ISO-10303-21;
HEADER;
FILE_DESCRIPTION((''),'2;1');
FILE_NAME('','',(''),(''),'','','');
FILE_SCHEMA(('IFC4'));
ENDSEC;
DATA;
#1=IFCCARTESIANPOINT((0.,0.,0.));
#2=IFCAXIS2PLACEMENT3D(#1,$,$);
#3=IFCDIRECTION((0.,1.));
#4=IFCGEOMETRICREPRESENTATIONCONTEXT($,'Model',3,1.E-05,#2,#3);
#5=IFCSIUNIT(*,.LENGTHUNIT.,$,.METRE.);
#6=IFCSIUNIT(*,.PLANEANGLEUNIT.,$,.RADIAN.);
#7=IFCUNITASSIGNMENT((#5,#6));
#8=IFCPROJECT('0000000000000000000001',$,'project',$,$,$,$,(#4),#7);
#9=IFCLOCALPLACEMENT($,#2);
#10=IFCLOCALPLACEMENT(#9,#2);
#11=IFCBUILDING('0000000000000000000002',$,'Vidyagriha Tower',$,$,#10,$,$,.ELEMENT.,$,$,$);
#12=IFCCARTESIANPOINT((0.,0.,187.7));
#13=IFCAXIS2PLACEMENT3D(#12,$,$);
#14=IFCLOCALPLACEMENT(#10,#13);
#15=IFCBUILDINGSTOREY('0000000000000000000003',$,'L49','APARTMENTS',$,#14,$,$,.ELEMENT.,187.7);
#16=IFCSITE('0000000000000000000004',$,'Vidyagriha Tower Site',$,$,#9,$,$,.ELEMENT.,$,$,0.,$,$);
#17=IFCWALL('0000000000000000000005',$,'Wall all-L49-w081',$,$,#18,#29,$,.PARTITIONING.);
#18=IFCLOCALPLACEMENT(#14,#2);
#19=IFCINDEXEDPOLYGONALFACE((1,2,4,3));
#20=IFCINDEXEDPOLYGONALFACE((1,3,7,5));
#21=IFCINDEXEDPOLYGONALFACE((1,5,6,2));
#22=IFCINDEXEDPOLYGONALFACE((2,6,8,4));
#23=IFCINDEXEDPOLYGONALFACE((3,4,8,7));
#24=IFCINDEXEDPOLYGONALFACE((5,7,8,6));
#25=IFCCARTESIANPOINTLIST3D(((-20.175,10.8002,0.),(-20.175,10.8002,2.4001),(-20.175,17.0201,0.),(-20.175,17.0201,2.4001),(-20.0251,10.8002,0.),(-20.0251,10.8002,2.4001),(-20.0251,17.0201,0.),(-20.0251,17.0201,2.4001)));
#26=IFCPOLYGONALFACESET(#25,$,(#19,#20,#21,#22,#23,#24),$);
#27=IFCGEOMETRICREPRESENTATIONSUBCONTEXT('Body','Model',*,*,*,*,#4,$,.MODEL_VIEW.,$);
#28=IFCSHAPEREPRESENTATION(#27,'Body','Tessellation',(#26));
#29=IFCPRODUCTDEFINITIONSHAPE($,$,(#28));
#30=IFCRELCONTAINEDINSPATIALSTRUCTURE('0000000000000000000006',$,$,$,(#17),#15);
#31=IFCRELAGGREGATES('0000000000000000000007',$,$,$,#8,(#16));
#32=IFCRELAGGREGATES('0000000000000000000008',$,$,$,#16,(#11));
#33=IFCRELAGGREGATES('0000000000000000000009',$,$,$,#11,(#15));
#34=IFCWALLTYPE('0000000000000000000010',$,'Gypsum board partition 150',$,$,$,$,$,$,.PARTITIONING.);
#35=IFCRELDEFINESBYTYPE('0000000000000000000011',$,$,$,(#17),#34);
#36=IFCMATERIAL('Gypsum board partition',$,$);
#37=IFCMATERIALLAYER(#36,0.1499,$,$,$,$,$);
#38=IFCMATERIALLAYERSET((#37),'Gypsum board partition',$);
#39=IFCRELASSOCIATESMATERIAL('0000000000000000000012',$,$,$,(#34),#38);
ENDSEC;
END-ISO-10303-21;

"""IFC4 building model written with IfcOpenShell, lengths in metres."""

from ifc_helpers import new_model, si_unit, direction, frame, frame_2d, origin, place, context, subcontext, project, spatial, rectangle, extrude, material, layer, layer_set, type_object, element, save


model = new_model("IFC4")

# Units and contexts
model_context = context("Model", 3, precision=1e-05, world=origin(), true_north=direction((0.0, 1.0)))
body_context = subcontext(model_context, "Body", "Model", "MODEL_VIEW")
ifc_project = project(units=[si_unit("LENGTHUNIT", "METRE"), si_unit("PLANEANGLEUNIT", "RADIAN")], contexts=[model_context])

# Site, building, storey
site_placement = place(None, origin())
site = spatial("IfcSite", under=ifc_project, at=site_placement, Name="Vidyagriha Tower Site", CompositionType="ELEMENT", RefElevation=0.0)
building_placement = place(site_placement, origin())
building = spatial("IfcBuilding", under=site, at=building_placement, Name="Vidyagriha Tower", CompositionType="ELEMENT")
storey_placement = place(building_placement, frame((0.0, 0.0, 187.7)))
storey = spatial("IfcBuildingStorey", under=building, at=storey_placement, Name="L49", Description="APARTMENTS", CompositionType="ELEMENT", Elevation=187.7)

# Wall
ifc_material_1 = material(Name="Gypsum board partition")
ifc_layer_1 = layer(ifc_material_1, 0.1499)
ifc_layer_set_1 = layer_set([ifc_layer_1], Name="Gypsum board partition")
wall_type_1 = type_object("IfcWallType", Name="Gypsum board partition 150", PredefinedType="PARTITIONING", material=ifc_layer_set_1)
wall_1_placement = place(storey_placement, frame((-20.1001, 17.02, 0.0), z_axis=(0.0, 0.0, 1.0), x_axis=(0.0, -1.0, 0.0)))
element("IfcWall", 1, at=wall_1_placement, inside=storey, type_object=wall_type_1, Name="Wall all-L49-w081", PredefinedType="PARTITIONING", context=body_context, shape_type="SweptSolid", body=[
    extrude(rectangle(XDim=6.22, YDim=0.1499, at=frame_2d((3.1099, 0.0))), origin(), (0.0, 0.0, 1.0), 2.4001),
])

save(model, "model.ifc")
